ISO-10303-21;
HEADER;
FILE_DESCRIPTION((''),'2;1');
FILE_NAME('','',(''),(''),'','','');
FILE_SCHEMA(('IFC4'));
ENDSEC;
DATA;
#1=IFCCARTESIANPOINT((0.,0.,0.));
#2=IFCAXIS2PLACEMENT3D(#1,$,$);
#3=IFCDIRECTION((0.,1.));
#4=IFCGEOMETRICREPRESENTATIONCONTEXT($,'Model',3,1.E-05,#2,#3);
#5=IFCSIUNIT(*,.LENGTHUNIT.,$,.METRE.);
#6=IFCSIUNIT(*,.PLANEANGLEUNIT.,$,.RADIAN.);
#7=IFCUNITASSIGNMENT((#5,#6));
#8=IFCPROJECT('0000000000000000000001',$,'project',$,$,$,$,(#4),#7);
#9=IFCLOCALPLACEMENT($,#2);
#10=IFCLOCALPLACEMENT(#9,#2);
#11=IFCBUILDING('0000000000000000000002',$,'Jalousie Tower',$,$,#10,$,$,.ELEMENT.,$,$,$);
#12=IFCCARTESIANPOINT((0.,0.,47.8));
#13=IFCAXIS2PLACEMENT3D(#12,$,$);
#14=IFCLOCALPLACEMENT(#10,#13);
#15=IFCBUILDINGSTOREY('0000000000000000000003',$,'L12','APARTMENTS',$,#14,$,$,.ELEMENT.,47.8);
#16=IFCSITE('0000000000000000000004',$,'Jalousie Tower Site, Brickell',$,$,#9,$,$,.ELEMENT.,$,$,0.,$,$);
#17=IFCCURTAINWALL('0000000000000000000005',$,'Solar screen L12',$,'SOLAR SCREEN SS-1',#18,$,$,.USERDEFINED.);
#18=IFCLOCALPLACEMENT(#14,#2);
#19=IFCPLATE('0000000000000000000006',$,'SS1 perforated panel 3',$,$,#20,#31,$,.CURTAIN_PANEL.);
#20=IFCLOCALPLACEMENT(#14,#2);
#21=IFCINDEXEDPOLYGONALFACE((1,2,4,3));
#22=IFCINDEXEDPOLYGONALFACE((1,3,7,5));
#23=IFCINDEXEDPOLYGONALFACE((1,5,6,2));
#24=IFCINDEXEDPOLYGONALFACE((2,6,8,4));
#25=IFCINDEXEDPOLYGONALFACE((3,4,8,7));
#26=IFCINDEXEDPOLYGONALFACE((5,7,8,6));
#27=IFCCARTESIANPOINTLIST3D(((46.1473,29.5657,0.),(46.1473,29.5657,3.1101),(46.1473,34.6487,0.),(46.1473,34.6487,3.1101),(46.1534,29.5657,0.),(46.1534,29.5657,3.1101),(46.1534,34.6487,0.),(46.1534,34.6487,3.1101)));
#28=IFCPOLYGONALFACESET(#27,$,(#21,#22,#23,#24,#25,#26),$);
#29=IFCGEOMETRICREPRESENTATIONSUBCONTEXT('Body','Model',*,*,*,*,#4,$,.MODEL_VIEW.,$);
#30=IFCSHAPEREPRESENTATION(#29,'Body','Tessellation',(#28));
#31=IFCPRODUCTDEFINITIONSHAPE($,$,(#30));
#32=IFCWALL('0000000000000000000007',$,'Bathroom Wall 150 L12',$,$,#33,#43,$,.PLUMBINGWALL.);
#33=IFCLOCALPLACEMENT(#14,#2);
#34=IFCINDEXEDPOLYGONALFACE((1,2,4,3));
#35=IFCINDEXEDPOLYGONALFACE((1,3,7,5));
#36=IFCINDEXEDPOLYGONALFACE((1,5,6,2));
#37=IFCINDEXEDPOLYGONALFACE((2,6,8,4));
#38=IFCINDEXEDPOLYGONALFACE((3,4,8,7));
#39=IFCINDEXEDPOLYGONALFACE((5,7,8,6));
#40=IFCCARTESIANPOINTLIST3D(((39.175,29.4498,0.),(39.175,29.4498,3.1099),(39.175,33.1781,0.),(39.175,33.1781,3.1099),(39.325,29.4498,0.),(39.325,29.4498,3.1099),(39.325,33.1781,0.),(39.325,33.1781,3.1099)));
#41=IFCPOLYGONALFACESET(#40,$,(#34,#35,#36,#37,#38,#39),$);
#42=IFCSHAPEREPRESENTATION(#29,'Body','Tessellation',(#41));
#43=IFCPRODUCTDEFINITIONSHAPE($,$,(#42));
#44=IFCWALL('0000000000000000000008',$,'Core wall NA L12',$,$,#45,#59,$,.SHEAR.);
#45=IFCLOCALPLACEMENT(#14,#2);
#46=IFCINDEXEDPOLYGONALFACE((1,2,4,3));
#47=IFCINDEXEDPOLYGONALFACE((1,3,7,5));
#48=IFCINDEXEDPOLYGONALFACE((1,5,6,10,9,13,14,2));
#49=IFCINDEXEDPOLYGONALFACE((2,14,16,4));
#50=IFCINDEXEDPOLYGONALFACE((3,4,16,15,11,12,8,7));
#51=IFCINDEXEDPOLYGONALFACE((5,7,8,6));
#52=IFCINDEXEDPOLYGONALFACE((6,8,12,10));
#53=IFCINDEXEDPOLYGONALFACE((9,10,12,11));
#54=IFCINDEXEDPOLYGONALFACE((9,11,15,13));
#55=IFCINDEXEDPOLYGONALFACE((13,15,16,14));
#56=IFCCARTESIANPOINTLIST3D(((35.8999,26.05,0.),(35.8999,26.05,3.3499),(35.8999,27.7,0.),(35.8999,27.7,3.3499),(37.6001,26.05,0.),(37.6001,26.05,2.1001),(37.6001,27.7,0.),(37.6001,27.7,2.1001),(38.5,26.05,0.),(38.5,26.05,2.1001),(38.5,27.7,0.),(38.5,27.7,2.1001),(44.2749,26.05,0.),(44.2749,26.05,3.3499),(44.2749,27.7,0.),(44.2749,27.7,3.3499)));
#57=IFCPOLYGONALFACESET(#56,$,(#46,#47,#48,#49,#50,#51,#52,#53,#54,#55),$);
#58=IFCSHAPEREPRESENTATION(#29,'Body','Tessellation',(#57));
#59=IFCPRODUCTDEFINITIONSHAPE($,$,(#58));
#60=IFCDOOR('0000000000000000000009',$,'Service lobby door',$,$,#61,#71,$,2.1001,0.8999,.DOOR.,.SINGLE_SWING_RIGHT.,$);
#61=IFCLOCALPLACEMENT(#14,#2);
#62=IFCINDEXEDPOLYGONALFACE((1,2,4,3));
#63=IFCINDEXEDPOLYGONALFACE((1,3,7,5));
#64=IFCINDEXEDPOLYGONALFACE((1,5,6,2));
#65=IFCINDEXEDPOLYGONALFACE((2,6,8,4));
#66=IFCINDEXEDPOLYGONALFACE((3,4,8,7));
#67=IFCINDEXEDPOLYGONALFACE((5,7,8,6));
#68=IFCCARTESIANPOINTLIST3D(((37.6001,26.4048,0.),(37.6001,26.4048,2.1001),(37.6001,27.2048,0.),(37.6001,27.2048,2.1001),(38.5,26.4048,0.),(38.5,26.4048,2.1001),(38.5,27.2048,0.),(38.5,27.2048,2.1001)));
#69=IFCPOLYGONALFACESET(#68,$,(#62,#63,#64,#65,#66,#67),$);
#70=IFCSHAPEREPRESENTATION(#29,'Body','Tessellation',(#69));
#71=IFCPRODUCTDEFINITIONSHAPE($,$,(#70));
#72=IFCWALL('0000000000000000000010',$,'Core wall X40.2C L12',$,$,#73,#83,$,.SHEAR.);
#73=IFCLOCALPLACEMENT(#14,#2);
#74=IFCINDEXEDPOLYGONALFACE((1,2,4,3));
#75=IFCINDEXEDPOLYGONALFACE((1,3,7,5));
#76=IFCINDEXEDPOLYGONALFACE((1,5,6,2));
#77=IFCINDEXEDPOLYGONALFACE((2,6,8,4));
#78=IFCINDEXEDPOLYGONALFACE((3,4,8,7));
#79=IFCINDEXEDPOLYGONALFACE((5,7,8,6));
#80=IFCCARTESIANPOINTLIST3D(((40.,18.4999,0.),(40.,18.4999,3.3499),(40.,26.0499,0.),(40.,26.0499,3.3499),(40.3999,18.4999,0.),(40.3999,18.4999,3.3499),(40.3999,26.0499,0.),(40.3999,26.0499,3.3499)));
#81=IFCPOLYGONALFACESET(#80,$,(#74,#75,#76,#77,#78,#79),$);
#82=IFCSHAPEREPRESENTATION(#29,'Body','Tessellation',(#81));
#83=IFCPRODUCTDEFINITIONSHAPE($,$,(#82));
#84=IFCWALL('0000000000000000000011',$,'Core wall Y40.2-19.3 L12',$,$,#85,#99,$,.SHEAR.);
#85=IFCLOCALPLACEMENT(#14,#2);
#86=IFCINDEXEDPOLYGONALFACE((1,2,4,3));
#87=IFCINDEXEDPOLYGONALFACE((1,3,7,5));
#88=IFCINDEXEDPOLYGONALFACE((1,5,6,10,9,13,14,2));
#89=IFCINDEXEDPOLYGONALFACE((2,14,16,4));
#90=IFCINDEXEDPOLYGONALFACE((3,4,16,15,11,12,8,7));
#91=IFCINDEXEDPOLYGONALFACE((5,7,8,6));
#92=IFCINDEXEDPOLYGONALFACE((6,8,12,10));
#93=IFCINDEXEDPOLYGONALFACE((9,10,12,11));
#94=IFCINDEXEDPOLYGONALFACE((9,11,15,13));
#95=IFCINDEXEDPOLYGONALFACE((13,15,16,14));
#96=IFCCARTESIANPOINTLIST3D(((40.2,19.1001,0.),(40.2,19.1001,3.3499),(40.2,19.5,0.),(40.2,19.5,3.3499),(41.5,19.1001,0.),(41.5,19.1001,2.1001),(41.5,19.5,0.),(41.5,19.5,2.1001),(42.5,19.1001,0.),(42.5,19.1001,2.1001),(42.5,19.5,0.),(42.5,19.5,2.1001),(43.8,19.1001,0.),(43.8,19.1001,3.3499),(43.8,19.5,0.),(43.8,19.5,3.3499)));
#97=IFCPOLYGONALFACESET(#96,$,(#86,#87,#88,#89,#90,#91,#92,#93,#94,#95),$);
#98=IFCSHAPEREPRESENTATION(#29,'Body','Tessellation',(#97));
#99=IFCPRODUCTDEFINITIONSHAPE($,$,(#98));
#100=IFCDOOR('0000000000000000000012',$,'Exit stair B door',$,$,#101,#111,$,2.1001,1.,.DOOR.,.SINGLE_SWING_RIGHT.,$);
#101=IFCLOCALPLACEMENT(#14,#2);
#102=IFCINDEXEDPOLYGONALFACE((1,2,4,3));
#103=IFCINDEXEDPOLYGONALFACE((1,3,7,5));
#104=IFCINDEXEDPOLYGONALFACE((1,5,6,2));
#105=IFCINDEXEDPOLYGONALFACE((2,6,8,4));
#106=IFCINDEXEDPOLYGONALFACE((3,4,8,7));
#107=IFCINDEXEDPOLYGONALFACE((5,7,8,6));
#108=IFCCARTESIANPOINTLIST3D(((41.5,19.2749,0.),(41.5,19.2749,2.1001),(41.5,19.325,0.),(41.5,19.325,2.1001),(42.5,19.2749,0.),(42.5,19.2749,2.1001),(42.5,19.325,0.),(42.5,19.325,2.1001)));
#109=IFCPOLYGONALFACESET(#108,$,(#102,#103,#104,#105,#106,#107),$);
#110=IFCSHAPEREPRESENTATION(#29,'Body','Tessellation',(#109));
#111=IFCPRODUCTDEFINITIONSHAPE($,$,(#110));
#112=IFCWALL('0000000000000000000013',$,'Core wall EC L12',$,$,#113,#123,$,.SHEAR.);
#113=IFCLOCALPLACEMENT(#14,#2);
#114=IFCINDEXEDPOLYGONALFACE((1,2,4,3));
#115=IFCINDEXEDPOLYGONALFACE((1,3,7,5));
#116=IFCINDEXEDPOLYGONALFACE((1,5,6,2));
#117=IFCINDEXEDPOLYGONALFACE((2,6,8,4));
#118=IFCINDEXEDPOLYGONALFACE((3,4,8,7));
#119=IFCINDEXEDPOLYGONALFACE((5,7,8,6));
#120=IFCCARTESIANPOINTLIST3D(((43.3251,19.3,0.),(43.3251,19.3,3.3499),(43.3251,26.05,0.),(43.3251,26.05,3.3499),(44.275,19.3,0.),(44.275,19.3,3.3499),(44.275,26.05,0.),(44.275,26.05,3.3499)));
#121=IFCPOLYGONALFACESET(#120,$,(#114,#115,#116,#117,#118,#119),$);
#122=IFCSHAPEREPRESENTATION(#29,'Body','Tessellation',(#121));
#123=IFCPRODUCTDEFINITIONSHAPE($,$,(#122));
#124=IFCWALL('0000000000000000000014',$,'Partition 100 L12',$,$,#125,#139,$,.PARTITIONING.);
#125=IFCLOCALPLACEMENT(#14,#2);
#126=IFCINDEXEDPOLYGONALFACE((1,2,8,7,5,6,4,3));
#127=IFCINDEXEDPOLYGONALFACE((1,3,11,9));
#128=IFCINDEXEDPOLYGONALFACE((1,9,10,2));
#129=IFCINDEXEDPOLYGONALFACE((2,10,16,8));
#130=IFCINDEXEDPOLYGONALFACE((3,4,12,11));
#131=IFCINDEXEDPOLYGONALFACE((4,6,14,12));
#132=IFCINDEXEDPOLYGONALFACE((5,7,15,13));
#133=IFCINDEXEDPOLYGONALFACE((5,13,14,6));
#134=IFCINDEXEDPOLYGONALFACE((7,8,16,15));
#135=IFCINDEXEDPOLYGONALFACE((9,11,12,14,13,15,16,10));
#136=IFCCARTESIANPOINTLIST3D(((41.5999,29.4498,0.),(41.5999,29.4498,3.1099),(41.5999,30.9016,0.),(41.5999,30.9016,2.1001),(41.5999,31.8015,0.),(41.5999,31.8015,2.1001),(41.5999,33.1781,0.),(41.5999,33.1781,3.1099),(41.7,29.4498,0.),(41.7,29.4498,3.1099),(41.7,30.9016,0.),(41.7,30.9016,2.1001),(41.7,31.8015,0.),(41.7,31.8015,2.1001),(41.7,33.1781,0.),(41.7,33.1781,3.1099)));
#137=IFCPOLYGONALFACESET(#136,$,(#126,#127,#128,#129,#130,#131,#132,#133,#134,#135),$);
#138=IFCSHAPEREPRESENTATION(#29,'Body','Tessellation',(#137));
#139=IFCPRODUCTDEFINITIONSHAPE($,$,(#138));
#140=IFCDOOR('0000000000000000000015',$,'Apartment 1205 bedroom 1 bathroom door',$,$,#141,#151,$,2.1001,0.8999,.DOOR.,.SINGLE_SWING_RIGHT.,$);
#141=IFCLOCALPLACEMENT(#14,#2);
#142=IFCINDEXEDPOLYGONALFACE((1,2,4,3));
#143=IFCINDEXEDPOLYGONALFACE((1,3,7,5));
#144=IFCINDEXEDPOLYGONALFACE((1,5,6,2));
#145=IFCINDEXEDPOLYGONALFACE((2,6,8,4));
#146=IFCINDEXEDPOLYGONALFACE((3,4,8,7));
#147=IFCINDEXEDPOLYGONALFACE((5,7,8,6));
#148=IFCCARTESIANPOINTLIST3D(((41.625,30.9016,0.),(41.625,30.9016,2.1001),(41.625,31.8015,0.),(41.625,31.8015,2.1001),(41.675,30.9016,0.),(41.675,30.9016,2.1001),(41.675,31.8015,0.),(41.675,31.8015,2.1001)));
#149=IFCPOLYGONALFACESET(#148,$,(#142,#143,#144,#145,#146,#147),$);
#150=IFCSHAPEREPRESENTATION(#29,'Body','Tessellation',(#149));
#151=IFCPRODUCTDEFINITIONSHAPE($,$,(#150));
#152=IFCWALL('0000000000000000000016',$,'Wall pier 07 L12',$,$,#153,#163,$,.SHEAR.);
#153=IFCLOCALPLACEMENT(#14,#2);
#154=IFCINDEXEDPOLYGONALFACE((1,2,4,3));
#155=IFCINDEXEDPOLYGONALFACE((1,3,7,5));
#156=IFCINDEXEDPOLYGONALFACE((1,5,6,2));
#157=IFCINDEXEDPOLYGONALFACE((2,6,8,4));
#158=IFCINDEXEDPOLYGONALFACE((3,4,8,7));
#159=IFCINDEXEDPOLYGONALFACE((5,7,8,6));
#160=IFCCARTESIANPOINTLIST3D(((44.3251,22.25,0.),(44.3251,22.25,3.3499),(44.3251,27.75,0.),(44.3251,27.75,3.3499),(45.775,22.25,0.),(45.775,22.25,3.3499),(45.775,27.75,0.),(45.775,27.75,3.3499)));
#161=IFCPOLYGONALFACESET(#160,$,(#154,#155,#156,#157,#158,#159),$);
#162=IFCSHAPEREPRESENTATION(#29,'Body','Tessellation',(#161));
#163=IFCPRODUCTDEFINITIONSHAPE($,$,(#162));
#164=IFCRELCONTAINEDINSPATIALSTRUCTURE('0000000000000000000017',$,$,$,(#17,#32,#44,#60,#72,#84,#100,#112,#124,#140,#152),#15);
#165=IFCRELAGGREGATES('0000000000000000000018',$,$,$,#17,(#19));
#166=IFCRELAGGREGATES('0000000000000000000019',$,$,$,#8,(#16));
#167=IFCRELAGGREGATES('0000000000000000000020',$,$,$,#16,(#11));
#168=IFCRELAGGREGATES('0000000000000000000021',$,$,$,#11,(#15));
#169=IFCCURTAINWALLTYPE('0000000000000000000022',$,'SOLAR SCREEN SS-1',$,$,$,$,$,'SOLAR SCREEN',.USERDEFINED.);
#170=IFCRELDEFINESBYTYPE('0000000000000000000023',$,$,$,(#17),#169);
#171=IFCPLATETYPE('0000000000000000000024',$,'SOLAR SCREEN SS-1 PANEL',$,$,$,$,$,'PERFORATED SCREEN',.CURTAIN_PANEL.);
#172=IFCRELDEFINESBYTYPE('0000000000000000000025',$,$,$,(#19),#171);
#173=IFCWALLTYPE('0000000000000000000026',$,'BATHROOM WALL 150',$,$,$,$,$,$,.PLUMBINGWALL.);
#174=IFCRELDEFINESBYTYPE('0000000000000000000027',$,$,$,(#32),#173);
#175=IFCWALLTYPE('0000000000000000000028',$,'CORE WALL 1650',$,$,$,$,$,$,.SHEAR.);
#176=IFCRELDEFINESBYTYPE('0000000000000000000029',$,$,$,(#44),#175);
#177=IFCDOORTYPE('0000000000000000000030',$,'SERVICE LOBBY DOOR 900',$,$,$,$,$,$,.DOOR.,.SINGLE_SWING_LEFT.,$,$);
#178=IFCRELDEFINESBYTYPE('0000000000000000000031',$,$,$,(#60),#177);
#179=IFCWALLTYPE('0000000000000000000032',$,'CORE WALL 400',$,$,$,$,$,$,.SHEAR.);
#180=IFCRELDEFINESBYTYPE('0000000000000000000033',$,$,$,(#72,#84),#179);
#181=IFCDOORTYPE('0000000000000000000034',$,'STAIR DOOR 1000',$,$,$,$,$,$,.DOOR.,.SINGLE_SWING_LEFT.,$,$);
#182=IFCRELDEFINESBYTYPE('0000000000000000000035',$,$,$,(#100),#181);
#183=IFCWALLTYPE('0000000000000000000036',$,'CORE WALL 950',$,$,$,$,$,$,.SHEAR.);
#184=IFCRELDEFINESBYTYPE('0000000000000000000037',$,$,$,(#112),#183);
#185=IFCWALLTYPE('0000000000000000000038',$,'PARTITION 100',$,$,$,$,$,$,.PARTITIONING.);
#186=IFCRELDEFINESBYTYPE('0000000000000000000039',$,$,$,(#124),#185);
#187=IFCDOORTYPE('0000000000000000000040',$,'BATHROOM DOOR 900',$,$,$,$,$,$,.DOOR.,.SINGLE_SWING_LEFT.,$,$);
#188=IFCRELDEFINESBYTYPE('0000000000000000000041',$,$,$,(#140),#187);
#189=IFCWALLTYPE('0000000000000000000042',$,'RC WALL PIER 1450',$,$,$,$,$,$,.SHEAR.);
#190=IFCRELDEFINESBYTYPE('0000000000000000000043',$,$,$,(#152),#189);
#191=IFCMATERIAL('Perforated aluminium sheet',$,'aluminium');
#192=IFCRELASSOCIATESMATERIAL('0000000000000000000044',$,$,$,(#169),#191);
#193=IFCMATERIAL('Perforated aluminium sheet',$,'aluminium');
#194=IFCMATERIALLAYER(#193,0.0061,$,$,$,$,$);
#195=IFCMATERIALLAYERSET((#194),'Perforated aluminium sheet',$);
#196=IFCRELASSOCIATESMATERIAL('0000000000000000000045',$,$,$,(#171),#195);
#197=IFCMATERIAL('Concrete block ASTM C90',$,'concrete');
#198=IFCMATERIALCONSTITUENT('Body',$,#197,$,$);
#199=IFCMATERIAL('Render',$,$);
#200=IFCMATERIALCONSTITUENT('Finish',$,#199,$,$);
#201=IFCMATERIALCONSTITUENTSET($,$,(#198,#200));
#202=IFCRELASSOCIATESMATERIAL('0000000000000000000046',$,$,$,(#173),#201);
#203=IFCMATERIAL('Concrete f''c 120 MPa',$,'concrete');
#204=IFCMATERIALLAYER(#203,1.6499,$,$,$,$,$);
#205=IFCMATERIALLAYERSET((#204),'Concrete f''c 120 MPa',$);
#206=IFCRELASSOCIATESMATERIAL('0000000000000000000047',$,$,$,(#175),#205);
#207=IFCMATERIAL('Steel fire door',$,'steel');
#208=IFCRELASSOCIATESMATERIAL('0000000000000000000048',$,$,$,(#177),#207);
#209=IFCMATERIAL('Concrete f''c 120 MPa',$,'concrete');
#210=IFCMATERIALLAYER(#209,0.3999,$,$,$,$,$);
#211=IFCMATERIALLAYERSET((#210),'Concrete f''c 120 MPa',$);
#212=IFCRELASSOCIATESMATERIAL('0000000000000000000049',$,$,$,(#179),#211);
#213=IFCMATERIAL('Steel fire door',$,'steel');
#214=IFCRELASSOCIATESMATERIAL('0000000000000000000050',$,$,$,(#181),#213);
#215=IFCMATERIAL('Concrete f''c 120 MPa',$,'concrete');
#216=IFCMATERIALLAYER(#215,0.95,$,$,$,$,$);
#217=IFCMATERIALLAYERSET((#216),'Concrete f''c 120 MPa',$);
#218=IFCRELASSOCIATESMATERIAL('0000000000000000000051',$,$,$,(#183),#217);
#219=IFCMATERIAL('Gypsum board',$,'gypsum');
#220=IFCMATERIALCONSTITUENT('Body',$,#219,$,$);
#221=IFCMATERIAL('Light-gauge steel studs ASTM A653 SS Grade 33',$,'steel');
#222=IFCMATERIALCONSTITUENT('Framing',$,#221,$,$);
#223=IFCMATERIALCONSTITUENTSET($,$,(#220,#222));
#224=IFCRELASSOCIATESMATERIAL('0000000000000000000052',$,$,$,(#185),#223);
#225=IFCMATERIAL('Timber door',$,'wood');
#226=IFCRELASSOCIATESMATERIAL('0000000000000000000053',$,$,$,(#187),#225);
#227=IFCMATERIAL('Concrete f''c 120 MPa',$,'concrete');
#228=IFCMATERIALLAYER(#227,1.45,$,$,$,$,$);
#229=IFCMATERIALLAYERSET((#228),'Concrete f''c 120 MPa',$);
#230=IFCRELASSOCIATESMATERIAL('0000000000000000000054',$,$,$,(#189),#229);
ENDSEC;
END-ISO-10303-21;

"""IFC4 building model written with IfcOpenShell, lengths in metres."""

from ifc_helpers import new_model, si_unit, direction, frame, frame_2d, origin, origin_2d, place, context, subcontext, project, spatial, rectangle, extrude, material, layer, layer_set, constituent, constituent_set, type_object, element, fill, aggregate, save


model = new_model("IFC4")

# Units and contexts
model_context = context("Model", 3, precision=1e-05, world=origin(), true_north=direction((0.0, 1.0)))
body_context = subcontext(model_context, "Body", "Model", "MODEL_VIEW")
ifc_project = project(units=[si_unit("LENGTHUNIT", "METRE"), si_unit("PLANEANGLEUNIT", "RADIAN")], contexts=[model_context])

# Site, building, storey
site_placement = place(None, origin())
site = spatial("IfcSite", under=ifc_project, at=site_placement, Name="Jalousie Tower Site, Brickell", CompositionType="ELEMENT", RefElevation=0.0)
building_placement = place(site_placement, origin())
building = spatial("IfcBuilding", under=site, at=building_placement, Name="Jalousie Tower", CompositionType="ELEMENT")
storey_placement = place(building_placement, frame((0.0, 0.0, 47.8)))
storey = spatial("IfcBuildingStorey", under=building, at=storey_placement, Name="L12", Description="APARTMENTS", CompositionType="ELEMENT", Elevation=47.8)

# Curtain wall, plate
ifc_material_1 = material(Name="Perforated aluminium sheet", Category="aluminium")
curtain_wall_type = type_object("IfcCurtainWallType", Name="SOLAR SCREEN SS-1", ElementType="SOLAR SCREEN", PredefinedType="USERDEFINED", material=ifc_material_1)
curtain_wall_placement = place(storey_placement, origin())
curtain_wall = element("IfcCurtainWall", 1, at=curtain_wall_placement, inside=storey, type_object=curtain_wall_type, Name="Solar screen L12", ObjectType="SOLAR SCREEN SS-1", PredefinedType="USERDEFINED")
ifc_material_2 = material(Name="Perforated aluminium sheet", Category="aluminium")
ifc_layer_1 = layer(ifc_material_2, 0.0061)
ifc_layer_set_1 = layer_set([ifc_layer_1], Name="Perforated aluminium sheet")
plate_type = type_object("IfcPlateType", Name="SOLAR SCREEN SS-1 PANEL", ElementType="PERFORATED SCREEN", PredefinedType="CURTAIN_PANEL", material=ifc_layer_set_1)
plate_1_placement = place(storey_placement, frame((46.1504, 32.1072, 0.0), z_axis=(0.0, 0.0, 1.0), x_axis=(0.0, 1.0, 0.0)))
plate_1 = element("IfcPlate", 2, at=plate_1_placement, type_object=plate_type, Name="SS1 perforated panel 3", PredefinedType="CURTAIN_PANEL", context=body_context, shape_type="SweptSolid", body=[
    extrude(rectangle(XDim=5.083, YDim=0.0061, at=origin_2d()), origin(), (0.0, 0.0, 1.0), 3.1101),
])
aggregate(curtain_wall, [plate_1])

# Wall
ifc_material_3 = material(Name="Concrete block ASTM C90", Category="concrete")
ifc_constituent_1 = constituent(ifc_material_3, Name="Body")
ifc_material_4 = material(Name="Render")
ifc_constituent_2 = constituent(ifc_material_4, Name="Finish")
ifc_constituent_set_1 = constituent_set(constituents=[ifc_constituent_1, ifc_constituent_2])
wall_type_1 = type_object("IfcWallType", Name="BATHROOM WALL 150", PredefinedType="PLUMBINGWALL", material=ifc_constituent_set_1)
wall_1_placement = place(storey_placement, frame((39.25, 33.1782, 0.0), z_axis=(0.0, 0.0, 1.0), x_axis=(0.0, -1.0, 0.0)))
element("IfcWall", 3, at=wall_1_placement, inside=storey, type_object=wall_type_1, Name="Bathroom Wall 150 L12", PredefinedType="PLUMBINGWALL", context=body_context, shape_type="SweptSolid", body=[
    extrude(rectangle(XDim=3.7283, YDim=0.1499, at=frame_2d((1.8643, 0.0))), origin(), (0.0, 0.0, 1.0), 3.1099),
])

# Wall, opening, door
ifc_material_5 = material(Name="Concrete f'c 120 MPa", Category="concrete")
ifc_layer_2 = layer(ifc_material_5, 1.6499)
ifc_layer_set_2 = layer_set([ifc_layer_2], Name="Concrete f'c 120 MPa")
wall_type_2 = type_object("IfcWallType", Name="CORE WALL 1650", PredefinedType="SHEAR", material=ifc_layer_set_2)
wall_2_placement = place(storey_placement, frame((44.2749, 26.875, 0.0), z_axis=(0.0, 0.0, 1.0), x_axis=(-1.0, 0.0, 0.0)))
wall_2 = element("IfcWall", 4, at=wall_2_placement, inside=storey, type_object=wall_type_2, Name="Core wall NA L12", PredefinedType="SHEAR", context=body_context, shape_type="SweptSolid", body=[
    extrude(rectangle(XDim=8.375, YDim=1.6499, at=frame_2d((4.1875, 0.0))), origin(), (0.0, 0.0, 1.0), 3.3499),
])
opening_1_placement = place(wall_2_placement, frame((5.7749, 0.0, 0.0)))
opening_1 = element("IfcOpeningElement", 5, at=opening_1_placement, cuts=wall_2, PredefinedType="OPENING", context=body_context, shape_type="SweptSolid", body=[
    extrude(rectangle(XDim=0.8999, YDim=2.1001, at=frame_2d((0.45, 1.05))), frame((0.0, 0.835, 0.0), z_axis=(0.0, -1.0, 0.0), x_axis=(1.0, 0.0, 0.0)), (0.0, 0.0, 1.0), 1.6699),
])
ifc_material_6 = material(Name="Steel fire door", Category="steel")
door_type_1 = type_object("IfcDoorType", Name="SERVICE LOBBY DOOR 900", OperationType="SINGLE_SWING_LEFT", PredefinedType="DOOR", material=ifc_material_6)
door_1_placement = place(opening_1_placement, origin())
door_1 = element("IfcDoor", 6, at=door_1_placement, inside=storey, type_object=door_type_1, Name="Service lobby door", OperationType="SINGLE_SWING_RIGHT", OverallHeight=2.1001, OverallWidth=0.8999, PredefinedType="DOOR", context=body_context, shape_type="SweptSolid", body=[
    extrude(rectangle(XDim=0.8999, YDim=2.1001, at=frame_2d((0.45, 1.05))), frame((0.0, 0.4702, 0.0), z_axis=(0.0, -1.0, 0.0), x_axis=(1.0, 0.0, 0.0)), (0.0, 0.0, 1.0), 0.8),
])
fill(opening_1, door_1)

# Wall
ifc_material_7 = material(Name="Concrete f'c 120 MPa", Category="concrete")
ifc_layer_3 = layer(ifc_material_7, 0.3999)
ifc_layer_set_3 = layer_set([ifc_layer_3], Name="Concrete f'c 120 MPa")
wall_type_3 = type_object("IfcWallType", Name="CORE WALL 400", PredefinedType="SHEAR", material=ifc_layer_set_3)
wall_3_placement = place(storey_placement, frame((40.2, 18.5, 0.0), z_axis=(0.0, 0.0, 1.0), x_axis=(0.0, 1.0, 0.0)))
element("IfcWall", 7, at=wall_3_placement, inside=storey, type_object=wall_type_3, Name="Core wall X40.2C L12", PredefinedType="SHEAR", context=body_context, shape_type="SweptSolid", body=[
    extrude(rectangle(XDim=7.55, YDim=0.3999, at=frame_2d((3.7749, 0.0))), origin(), (0.0, 0.0, 1.0), 3.3499),
])

# Wall, opening, door
wall_4_placement = place(storey_placement, frame((40.2, 19.3, 0.0), z_axis=(0.0, 0.0, 1.0), x_axis=(1.0, 0.0, 0.0)))
wall_4 = element("IfcWall", 8, at=wall_4_placement, inside=storey, type_object=wall_type_3, Name="Core wall Y40.2-19.3 L12", PredefinedType="SHEAR", context=body_context, shape_type="SweptSolid", body=[
    extrude(rectangle(XDim=3.6001, YDim=0.3999, at=frame_2d((1.8, 0.0))), origin(), (0.0, 0.0, 1.0), 3.3499),
])
opening_2_placement = place(wall_4_placement, frame((1.3, 0.0, 0.0)))
opening_2 = element("IfcOpeningElement", 9, at=opening_2_placement, cuts=wall_4, PredefinedType="OPENING", context=body_context, shape_type="SweptSolid", body=[
    extrude(rectangle(XDim=1.0, YDim=2.1001, at=frame_2d((0.5, 1.05))), frame((0.0, 0.21, 0.0), z_axis=(0.0, -1.0, 0.0), x_axis=(1.0, 0.0, 0.0)), (0.0, 0.0, 1.0), 0.4199),
])
ifc_material_8 = material(Name="Steel fire door", Category="steel")
door_type_2 = type_object("IfcDoorType", Name="STAIR DOOR 1000", OperationType="SINGLE_SWING_LEFT", PredefinedType="DOOR", material=ifc_material_8)
door_2_placement = place(opening_2_placement, origin())
door_2 = element("IfcDoor", 10, at=door_2_placement, inside=storey, type_object=door_type_2, Name="Exit stair B door", OperationType="SINGLE_SWING_RIGHT", OverallHeight=2.1001, OverallWidth=1.0, PredefinedType="DOOR", context=body_context, shape_type="SweptSolid", body=[
    extrude(rectangle(XDim=1.0, YDim=2.1001, at=frame_2d((0.5, 1.05))), frame((0.0, 0.0249, 0.0), z_axis=(0.0, -1.0, 0.0), x_axis=(1.0, 0.0, 0.0)), (0.0, 0.0, 1.0), 0.05),
])
fill(opening_2, door_2)

# Wall
ifc_material_9 = material(Name="Concrete f'c 120 MPa", Category="concrete")
ifc_layer_4 = layer(ifc_material_9, 0.95)
ifc_layer_set_4 = layer_set([ifc_layer_4], Name="Concrete f'c 120 MPa")
wall_type_4 = type_object("IfcWallType", Name="CORE WALL 950", PredefinedType="SHEAR", material=ifc_layer_set_4)
wall_5_placement = place(storey_placement, frame((43.8, 19.3, 0.0), z_axis=(0.0, 0.0, 1.0), x_axis=(0.0, 1.0, 0.0)))
element("IfcWall", 11, at=wall_5_placement, inside=storey, type_object=wall_type_4, Name="Core wall EC L12", PredefinedType="SHEAR", context=body_context, shape_type="SweptSolid", body=[
    extrude(rectangle(XDim=6.75, YDim=0.95, at=frame_2d((3.375, 0.0))), origin(), (0.0, 0.0, 1.0), 3.3499),
])

# Wall, opening, door
ifc_material_10 = material(Name="Gypsum board", Category="gypsum")
ifc_constituent_3 = constituent(ifc_material_10, Name="Body")
ifc_material_11 = material(Name="Light-gauge steel studs ASTM A653 SS Grade 33", Category="steel")
ifc_constituent_4 = constituent(ifc_material_11, Name="Framing")
ifc_constituent_set_2 = constituent_set(constituents=[ifc_constituent_3, ifc_constituent_4])
wall_type_5 = type_object("IfcWallType", Name="PARTITION 100", PredefinedType="PARTITIONING", material=ifc_constituent_set_2)
wall_6_placement = place(storey_placement, frame((41.6499, 33.1782, 0.0), z_axis=(0.0, 0.0, 1.0), x_axis=(0.0, -1.0, 0.0)))
wall_6 = element("IfcWall", 12, at=wall_6_placement, inside=storey, type_object=wall_type_5, Name="Partition 100 L12", PredefinedType="PARTITIONING", context=body_context, shape_type="SweptSolid", body=[
    extrude(rectangle(XDim=3.7283, YDim=0.1001, at=frame_2d((1.8643, 0.0))), origin(), (0.0, 0.0, 1.0), 3.1099),
])
opening_3_placement = place(wall_6_placement, frame((1.3767, 0.0, 0.0)))
opening_3 = element("IfcOpeningElement", 13, at=opening_3_placement, cuts=wall_6, PredefinedType="OPENING", context=body_context, shape_type="SweptSolid", body=[
    extrude(rectangle(XDim=0.8999, YDim=2.1001, at=frame_2d((0.45, 1.05))), frame((0.0, 0.0601, 0.0), z_axis=(0.0, -1.0, 0.0), x_axis=(1.0, 0.0, 0.0)), (0.0, 0.0, 1.0), 0.1201),
])
ifc_material_12 = material(Name="Timber door", Category="wood")
door_type_3 = type_object("IfcDoorType", Name="BATHROOM DOOR 900", OperationType="SINGLE_SWING_LEFT", PredefinedType="DOOR", material=ifc_material_12)
door_3_placement = place(opening_3_placement, frame((0.8999, 0.0, 0.0), z_axis=(0.0, 0.0, 1.0), x_axis=(-1.0, 0.0, 0.0)))
door_3 = element("IfcDoor", 14, at=door_3_placement, inside=storey, type_object=door_type_3, Name="Apartment 1205 bedroom 1 bathroom door", OperationType="SINGLE_SWING_RIGHT", OverallHeight=2.1001, OverallWidth=0.8999, PredefinedType="DOOR", context=body_context, shape_type="SweptSolid", body=[
    extrude(rectangle(XDim=0.8999, YDim=2.1001, at=frame_2d((0.45, 1.05))), frame((0.0, 0.0249, 0.0), z_axis=(0.0, -1.0, 0.0), x_axis=(1.0, 0.0, 0.0)), (0.0, 0.0, 1.0), 0.05),
])
fill(opening_3, door_3)

# Wall
ifc_material_13 = material(Name="Concrete f'c 120 MPa", Category="concrete")
ifc_layer_5 = layer(ifc_material_13, 1.45)
ifc_layer_set_5 = layer_set([ifc_layer_5], Name="Concrete f'c 120 MPa")
wall_type_6 = type_object("IfcWallType", Name="RC WALL PIER 1450", PredefinedType="SHEAR", material=ifc_layer_set_5)
wall_7_placement = place(storey_placement, frame((45.05, 22.25, 0.0), z_axis=(0.0, 0.0, 1.0), x_axis=(0.0, 1.0, 0.0)))
element("IfcWall", 15, at=wall_7_placement, inside=storey, type_object=wall_type_6, Name="Wall pier 07 L12", PredefinedType="SHEAR", context=body_context, shape_type="SweptSolid", body=[
    extrude(rectangle(XDim=5.5, YDim=1.45, at=frame_2d((2.75, 0.0))), origin(), (0.0, 0.0, 1.0), 3.3499),
])

save(model, "model.ifc")
